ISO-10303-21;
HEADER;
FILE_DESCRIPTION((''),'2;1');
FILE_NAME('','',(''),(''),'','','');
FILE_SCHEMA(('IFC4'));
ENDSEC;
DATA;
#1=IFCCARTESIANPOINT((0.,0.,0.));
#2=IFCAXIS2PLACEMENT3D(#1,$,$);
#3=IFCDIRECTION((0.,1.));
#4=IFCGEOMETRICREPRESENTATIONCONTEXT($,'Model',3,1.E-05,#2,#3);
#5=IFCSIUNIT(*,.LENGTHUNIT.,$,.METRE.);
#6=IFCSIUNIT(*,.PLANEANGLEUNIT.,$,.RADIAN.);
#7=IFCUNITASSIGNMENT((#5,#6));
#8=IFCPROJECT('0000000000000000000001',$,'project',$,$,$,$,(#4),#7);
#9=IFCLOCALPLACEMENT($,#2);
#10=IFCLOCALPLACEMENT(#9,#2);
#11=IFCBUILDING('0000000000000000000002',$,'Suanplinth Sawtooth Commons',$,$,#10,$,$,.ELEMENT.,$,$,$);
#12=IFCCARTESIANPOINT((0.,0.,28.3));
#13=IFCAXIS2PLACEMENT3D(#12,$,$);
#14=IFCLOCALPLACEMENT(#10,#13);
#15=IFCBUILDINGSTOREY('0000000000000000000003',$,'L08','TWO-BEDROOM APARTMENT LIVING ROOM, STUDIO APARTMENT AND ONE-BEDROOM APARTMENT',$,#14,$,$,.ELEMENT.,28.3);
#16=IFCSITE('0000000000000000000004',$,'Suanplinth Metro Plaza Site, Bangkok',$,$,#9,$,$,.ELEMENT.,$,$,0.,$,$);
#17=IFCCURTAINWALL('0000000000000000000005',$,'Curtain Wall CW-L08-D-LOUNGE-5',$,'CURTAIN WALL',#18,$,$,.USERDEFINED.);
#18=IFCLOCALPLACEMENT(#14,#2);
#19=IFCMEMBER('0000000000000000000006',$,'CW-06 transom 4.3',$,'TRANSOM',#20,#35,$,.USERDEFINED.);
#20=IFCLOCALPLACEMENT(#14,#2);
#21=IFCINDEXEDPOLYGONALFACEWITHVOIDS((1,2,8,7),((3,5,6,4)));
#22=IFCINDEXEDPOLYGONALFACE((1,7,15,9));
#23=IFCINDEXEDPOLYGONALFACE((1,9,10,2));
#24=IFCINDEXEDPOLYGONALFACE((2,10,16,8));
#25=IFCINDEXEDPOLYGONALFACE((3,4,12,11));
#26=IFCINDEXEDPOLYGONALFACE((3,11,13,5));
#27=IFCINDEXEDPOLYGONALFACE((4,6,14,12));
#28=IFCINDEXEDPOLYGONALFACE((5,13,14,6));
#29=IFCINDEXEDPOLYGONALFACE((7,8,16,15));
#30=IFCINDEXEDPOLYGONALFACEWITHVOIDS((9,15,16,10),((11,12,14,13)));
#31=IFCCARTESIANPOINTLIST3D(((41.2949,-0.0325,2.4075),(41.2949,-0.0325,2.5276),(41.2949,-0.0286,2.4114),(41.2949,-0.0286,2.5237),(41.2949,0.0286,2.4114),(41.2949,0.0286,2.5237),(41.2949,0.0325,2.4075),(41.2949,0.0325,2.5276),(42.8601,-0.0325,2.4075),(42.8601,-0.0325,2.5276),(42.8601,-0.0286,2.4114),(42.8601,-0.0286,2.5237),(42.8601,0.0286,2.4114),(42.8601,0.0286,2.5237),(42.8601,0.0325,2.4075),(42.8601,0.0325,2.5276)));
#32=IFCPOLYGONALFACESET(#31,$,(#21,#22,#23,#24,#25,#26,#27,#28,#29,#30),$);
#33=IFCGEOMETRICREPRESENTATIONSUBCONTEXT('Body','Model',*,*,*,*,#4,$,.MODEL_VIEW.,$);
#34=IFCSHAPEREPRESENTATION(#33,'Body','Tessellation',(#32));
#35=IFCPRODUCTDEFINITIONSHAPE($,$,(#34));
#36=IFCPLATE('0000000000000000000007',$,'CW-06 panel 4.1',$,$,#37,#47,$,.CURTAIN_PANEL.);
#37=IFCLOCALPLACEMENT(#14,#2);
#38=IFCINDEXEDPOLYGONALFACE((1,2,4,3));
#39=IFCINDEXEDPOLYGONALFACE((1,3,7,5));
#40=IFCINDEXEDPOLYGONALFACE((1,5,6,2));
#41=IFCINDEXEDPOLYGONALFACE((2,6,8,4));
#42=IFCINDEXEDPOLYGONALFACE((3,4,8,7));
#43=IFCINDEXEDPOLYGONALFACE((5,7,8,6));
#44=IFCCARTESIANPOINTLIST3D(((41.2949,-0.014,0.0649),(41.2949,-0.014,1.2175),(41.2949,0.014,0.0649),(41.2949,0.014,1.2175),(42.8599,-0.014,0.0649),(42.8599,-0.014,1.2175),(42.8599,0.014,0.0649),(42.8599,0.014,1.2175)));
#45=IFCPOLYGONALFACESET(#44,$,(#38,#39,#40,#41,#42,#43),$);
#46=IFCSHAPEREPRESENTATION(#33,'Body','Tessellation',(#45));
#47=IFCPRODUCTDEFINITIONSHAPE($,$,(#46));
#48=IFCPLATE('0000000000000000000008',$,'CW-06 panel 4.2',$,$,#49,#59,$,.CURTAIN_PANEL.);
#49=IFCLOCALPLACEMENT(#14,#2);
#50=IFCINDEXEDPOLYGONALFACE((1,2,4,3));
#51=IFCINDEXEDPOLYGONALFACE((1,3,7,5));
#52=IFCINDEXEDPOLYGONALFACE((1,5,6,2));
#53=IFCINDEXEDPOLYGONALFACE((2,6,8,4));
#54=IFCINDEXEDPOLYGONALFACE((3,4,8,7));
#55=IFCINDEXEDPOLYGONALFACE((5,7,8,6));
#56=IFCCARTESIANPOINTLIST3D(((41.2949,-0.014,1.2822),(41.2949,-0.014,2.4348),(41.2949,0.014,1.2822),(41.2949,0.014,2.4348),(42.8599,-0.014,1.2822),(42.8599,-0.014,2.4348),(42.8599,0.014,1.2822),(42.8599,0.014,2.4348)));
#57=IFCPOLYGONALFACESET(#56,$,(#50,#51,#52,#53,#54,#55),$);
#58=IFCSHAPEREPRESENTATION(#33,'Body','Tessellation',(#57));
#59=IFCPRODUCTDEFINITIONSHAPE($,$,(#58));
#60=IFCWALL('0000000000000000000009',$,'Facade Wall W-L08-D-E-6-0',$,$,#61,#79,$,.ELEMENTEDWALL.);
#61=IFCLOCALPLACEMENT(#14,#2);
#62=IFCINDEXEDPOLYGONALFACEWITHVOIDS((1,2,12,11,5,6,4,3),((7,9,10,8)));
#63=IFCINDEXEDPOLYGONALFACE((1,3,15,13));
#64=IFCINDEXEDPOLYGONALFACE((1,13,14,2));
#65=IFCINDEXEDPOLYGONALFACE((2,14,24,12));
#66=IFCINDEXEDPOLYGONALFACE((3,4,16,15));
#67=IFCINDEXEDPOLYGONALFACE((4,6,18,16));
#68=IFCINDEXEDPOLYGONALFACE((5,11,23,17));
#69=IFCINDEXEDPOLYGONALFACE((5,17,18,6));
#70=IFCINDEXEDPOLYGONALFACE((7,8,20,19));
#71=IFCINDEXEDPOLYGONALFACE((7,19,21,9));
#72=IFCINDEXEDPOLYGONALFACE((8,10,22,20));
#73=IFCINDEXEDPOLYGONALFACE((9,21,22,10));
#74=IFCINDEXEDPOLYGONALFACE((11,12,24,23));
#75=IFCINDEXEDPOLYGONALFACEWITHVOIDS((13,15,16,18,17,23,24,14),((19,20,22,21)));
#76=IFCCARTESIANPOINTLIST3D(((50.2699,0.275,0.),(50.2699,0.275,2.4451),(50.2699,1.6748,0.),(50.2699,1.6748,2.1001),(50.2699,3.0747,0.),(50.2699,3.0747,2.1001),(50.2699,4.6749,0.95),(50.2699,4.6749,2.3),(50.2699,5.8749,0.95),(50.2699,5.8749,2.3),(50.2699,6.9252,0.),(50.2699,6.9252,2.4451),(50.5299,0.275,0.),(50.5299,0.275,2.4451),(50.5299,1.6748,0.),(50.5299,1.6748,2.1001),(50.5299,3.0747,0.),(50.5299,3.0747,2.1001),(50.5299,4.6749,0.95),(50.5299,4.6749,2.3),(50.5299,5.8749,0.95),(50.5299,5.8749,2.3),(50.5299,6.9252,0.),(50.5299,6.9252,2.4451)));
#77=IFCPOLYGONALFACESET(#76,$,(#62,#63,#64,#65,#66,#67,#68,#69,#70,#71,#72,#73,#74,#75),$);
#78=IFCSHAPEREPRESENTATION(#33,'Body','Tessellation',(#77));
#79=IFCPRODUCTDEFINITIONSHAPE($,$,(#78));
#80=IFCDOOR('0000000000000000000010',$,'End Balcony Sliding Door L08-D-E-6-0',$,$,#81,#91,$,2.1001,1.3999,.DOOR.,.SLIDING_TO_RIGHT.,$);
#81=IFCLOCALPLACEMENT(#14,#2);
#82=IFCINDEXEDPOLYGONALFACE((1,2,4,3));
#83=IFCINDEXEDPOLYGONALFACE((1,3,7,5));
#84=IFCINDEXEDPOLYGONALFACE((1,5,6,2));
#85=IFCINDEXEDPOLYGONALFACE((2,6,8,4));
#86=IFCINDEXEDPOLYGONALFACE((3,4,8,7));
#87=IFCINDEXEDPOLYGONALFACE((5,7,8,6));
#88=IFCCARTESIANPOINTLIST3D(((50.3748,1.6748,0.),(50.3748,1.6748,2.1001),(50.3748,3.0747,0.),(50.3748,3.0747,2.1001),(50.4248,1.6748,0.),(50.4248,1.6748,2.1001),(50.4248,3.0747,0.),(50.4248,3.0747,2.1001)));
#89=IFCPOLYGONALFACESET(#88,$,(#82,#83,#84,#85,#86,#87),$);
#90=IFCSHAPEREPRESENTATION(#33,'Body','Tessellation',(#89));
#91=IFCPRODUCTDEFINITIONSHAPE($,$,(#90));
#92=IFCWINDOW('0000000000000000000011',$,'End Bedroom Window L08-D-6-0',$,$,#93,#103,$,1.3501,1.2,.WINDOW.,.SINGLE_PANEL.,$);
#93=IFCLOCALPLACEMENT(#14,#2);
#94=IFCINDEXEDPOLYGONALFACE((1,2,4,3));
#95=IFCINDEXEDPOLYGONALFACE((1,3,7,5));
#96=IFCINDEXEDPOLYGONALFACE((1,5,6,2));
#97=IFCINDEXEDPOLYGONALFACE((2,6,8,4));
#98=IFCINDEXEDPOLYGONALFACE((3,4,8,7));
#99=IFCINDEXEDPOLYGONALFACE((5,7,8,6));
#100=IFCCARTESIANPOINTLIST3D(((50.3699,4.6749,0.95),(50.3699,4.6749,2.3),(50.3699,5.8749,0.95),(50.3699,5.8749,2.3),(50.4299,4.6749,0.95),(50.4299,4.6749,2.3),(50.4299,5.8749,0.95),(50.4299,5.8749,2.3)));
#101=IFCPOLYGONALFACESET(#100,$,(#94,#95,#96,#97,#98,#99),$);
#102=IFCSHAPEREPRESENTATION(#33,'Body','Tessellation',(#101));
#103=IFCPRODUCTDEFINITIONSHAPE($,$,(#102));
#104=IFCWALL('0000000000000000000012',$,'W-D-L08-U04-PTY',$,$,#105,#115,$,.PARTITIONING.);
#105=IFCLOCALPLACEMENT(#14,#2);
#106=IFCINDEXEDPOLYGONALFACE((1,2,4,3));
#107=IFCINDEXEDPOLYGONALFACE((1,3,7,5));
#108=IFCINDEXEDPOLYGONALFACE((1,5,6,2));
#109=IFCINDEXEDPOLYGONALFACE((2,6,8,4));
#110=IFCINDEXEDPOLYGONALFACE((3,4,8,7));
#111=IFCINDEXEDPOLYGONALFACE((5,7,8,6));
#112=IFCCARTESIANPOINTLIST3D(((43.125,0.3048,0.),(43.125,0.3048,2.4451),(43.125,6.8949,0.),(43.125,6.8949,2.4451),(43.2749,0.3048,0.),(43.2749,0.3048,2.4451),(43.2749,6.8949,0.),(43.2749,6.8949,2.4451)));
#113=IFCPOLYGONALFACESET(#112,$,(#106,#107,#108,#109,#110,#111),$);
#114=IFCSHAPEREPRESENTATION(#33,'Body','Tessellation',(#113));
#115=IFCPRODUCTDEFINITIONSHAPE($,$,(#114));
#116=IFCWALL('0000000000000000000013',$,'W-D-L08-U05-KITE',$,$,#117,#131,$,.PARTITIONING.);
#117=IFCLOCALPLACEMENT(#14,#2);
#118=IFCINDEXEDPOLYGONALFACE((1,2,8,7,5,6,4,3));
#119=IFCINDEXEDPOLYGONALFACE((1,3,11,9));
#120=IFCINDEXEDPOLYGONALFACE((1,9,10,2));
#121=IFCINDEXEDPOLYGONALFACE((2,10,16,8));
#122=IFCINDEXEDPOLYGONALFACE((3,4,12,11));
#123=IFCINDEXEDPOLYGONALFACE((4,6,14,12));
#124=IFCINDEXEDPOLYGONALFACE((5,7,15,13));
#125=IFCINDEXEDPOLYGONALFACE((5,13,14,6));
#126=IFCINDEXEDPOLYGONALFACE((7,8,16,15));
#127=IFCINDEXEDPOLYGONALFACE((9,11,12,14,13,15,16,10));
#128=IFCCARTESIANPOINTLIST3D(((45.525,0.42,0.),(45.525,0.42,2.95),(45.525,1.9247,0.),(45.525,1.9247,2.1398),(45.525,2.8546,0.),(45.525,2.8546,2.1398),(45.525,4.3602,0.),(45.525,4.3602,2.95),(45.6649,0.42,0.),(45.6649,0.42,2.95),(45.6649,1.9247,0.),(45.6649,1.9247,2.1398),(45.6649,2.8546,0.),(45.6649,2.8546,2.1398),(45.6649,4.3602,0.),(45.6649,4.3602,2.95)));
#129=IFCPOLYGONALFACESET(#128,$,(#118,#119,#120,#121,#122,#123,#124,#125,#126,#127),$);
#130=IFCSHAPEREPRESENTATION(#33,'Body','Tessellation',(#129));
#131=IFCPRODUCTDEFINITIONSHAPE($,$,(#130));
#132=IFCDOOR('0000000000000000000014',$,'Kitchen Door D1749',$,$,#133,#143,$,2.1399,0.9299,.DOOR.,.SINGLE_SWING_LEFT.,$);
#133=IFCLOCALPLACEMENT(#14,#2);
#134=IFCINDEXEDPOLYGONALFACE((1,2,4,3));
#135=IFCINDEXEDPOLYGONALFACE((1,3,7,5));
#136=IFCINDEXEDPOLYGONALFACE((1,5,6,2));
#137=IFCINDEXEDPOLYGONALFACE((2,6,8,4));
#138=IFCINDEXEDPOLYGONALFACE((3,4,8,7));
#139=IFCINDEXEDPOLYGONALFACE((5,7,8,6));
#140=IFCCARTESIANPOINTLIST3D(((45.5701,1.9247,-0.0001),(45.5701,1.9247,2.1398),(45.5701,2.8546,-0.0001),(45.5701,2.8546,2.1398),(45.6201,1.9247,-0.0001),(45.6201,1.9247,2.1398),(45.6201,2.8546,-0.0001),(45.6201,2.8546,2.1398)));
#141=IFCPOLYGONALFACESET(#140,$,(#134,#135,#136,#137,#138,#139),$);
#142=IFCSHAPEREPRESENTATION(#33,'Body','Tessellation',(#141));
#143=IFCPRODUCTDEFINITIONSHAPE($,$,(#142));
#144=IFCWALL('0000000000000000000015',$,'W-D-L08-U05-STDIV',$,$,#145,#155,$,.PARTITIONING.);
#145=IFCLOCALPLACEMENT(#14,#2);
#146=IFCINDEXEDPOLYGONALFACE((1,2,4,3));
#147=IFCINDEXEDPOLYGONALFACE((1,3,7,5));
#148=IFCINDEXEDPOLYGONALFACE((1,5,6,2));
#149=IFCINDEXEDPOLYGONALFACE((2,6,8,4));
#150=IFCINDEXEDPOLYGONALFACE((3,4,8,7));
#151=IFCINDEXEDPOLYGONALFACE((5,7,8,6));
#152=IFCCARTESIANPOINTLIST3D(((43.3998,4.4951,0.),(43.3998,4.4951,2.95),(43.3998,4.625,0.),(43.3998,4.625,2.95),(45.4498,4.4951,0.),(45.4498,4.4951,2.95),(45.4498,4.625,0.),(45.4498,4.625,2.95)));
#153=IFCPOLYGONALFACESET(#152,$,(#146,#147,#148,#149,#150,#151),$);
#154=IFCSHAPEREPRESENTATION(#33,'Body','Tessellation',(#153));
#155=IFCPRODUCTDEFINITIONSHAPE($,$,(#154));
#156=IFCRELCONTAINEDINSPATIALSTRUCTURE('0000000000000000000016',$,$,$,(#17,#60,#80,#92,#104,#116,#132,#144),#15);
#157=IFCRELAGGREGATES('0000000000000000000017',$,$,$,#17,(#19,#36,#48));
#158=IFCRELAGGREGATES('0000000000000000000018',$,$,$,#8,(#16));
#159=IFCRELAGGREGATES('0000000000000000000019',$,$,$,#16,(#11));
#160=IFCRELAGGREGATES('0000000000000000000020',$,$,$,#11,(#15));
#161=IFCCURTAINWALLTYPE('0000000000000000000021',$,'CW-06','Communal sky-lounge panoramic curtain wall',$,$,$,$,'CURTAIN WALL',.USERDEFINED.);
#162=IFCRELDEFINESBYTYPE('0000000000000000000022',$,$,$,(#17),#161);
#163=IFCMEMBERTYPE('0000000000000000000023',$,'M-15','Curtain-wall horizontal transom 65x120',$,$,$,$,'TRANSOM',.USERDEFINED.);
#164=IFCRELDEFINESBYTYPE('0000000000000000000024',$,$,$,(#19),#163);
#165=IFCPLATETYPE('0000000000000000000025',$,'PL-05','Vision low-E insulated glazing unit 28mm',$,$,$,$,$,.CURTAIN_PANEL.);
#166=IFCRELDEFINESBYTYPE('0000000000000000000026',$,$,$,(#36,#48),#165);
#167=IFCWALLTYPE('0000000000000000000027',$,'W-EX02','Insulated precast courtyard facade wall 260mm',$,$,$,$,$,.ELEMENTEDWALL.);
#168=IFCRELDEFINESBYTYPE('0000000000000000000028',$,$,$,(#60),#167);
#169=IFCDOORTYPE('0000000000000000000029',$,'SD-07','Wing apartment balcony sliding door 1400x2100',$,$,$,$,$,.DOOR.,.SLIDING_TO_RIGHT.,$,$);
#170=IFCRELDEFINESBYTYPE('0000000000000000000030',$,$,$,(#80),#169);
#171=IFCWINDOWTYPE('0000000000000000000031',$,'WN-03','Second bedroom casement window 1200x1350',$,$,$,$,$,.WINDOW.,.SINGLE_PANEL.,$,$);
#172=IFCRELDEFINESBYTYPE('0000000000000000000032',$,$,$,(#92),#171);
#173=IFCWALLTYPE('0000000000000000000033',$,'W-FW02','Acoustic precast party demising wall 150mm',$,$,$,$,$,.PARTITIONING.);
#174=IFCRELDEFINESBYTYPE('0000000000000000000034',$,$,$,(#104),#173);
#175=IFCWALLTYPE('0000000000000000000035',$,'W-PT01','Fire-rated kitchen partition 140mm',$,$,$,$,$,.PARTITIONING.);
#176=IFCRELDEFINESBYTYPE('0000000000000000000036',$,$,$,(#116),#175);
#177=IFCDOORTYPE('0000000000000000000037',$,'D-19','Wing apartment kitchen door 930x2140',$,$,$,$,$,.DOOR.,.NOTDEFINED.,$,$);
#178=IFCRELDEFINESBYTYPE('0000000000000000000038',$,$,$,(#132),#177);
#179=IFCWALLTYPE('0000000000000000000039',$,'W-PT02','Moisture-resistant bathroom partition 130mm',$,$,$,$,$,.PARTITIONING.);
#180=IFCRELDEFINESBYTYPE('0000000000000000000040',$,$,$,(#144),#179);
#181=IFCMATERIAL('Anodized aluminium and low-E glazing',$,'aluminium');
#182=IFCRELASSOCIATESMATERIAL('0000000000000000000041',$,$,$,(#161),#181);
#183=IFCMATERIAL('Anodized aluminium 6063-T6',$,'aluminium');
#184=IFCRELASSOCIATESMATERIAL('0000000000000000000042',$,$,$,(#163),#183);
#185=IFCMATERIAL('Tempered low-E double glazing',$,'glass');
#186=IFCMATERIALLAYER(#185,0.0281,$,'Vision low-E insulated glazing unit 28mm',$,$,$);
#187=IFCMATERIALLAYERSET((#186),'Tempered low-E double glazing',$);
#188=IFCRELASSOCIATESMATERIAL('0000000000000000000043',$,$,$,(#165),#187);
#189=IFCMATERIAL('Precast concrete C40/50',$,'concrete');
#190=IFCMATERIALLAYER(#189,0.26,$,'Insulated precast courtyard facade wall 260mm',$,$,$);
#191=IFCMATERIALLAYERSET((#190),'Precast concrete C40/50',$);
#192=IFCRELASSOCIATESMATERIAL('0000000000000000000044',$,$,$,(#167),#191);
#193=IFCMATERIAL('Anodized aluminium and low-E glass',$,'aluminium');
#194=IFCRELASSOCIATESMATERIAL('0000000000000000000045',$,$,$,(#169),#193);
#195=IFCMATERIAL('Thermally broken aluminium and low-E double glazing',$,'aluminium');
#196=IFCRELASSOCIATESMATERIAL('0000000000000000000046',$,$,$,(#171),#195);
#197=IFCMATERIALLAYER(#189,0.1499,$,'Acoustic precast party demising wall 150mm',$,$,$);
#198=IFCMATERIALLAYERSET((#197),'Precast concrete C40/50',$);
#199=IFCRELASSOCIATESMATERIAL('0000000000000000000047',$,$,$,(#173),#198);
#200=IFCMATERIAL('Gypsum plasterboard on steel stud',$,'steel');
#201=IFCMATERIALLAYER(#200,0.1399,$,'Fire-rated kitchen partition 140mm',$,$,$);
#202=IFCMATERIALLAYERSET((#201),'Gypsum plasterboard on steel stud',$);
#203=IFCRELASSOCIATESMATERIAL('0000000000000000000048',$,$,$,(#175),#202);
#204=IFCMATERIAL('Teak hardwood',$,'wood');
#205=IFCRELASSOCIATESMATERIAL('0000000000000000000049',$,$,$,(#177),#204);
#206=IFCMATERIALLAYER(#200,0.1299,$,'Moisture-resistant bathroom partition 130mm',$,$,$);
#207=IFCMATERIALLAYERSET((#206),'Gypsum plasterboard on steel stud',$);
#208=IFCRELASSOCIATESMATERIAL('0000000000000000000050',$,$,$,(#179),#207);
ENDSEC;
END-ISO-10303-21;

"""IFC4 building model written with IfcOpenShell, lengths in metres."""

from ifc_helpers import new_model, si_unit, direction, frame, frame_2d, origin, origin_2d, place, context, subcontext, project, spatial, rectangle, hollow_rectangle, extrude, material, layer, layer_set, material_profile, profile_set, type_object, element, fill, aggregate, save


model = new_model("IFC4")

# Units and contexts
model_context = context("Model", 3, precision=1e-05, world=origin(), true_north=direction((0.0, 1.0)))
body_context = subcontext(model_context, "Body", "Model", "MODEL_VIEW")
ifc_project = project(units=[si_unit("LENGTHUNIT", "METRE"), si_unit("PLANEANGLEUNIT", "RADIAN")], contexts=[model_context])

# Site, building, storey
site_placement = place(None, origin())
site = spatial("IfcSite", under=ifc_project, at=site_placement, Name="Suanplinth Metro Plaza Site, Bangkok", CompositionType="ELEMENT", RefElevation=0.0)
building_placement = place(site_placement, origin())
building = spatial("IfcBuilding", under=site, at=building_placement, Name="Suanplinth Sawtooth Commons", CompositionType="ELEMENT")
storey_placement = place(building_placement, frame((0.0, 0.0, 28.3)))
storey = spatial("IfcBuildingStorey", under=building, at=storey_placement, Name="L08", Description="TWO-BEDROOM APARTMENT LIVING ROOM, STUDIO APARTMENT AND ONE-BEDROOM APARTMENT", CompositionType="ELEMENT", Elevation=28.3)

# Shared definitions
ifc_material_1 = material(Name="Precast concrete C40/50", Category="concrete")

# Curtain wall, member, plates
ifc_material_2 = material(Name="Anodized aluminium and low-E glazing", Category="aluminium")
curtain_wall_type = type_object("IfcCurtainWallType", Name="CW-06", Description="Communal sky-lounge panoramic curtain wall", ElementType="CURTAIN WALL", PredefinedType="USERDEFINED", material=ifc_material_2)
curtain_wall_placement = place(storey_placement, origin())
curtain_wall = element("IfcCurtainWall", 1, at=curtain_wall_placement, inside=storey, type_object=curtain_wall_type, Name="Curtain Wall CW-L08-D-LOUNGE-5", ObjectType="CURTAIN WALL", PredefinedType="USERDEFINED")
ifc_material_3 = material(Name="Anodized aluminium 6063-T6", Category="aluminium")
ifc_material_profile_1 = material_profile(ifc_material_3, hollow_rectangle(XDim=0.0649, YDim=0.1201, WallThickness=0.0039, at=origin_2d()), Name="ALU-TRN 65x120")
ifc_profile_set_1 = profile_set([ifc_material_profile_1], Name="Anodized aluminium 6063-T6")
member_type_1 = type_object("IfcMemberType", Name="M-15", Description="Curtain-wall horizontal transom 65x120", ElementType="TRANSOM", PredefinedType="USERDEFINED", material=ifc_profile_set_1)
member_1_placement = place(storey_placement, frame((41.2949, 0.0, 2.4675), z_axis=(1.0, 0.0, 0.0), x_axis=(0.0, 1.0, 0.0)))
member_1 = element("IfcMember", 2, at=member_1_placement, type_object=member_type_1, Name="CW-06 transom 4.3", ObjectType="TRANSOM", PredefinedType="USERDEFINED", context=body_context, shape_type="SweptSolid", body=[
    extrude(hollow_rectangle(XDim=0.0649, YDim=0.1201, WallThickness=0.0039, at=origin_2d()), origin(), (0.0, 0.0, 1.0), 1.5652),
])
ifc_material_4 = material(Name="Tempered low-E double glazing", Category="glass")
ifc_layer_1 = layer(ifc_material_4, 0.0281, Name="Vision low-E insulated glazing unit 28mm")
ifc_layer_set_1 = layer_set([ifc_layer_1], Name="Tempered low-E double glazing")
plate_type = type_object("IfcPlateType", Name="PL-05", Description="Vision low-E insulated glazing unit 28mm", PredefinedType="CURTAIN_PANEL", material=ifc_layer_set_1)
plate_1_placement = place(storey_placement, frame((42.0774, 0.0, 0.0649), z_axis=(0.0, 0.0, 1.0), x_axis=(1.0, 0.0, 0.0)))
plate_1 = element("IfcPlate", 3, at=plate_1_placement, type_object=plate_type, Name="CW-06 panel 4.1", PredefinedType="CURTAIN_PANEL", context=body_context, shape_type="SweptSolid", body=[
    extrude(rectangle(XDim=1.5649, YDim=0.0281, at=origin_2d()), origin(), (0.0, 0.0, 1.0), 1.1526),
])
plate_2_placement = place(storey_placement, frame((42.0774, 0.0, 1.2822), z_axis=(0.0, 0.0, 1.0), x_axis=(1.0, 0.0, 0.0)))
plate_2 = element("IfcPlate", 4, at=plate_2_placement, type_object=plate_type, Name="CW-06 panel 4.2", PredefinedType="CURTAIN_PANEL", context=body_context, shape_type="SweptSolid", body=[
    extrude(rectangle(XDim=1.5649, YDim=0.0281, at=origin_2d()), origin(), (0.0, 0.0, 1.0), 1.1526),
])
aggregate(curtain_wall, [member_1, plate_1, plate_2])

# Wall, openings, door, window
ifc_layer_2 = layer(ifc_material_1, 0.26, Name="Insulated precast courtyard facade wall 260mm")
ifc_layer_set_2 = layer_set([ifc_layer_2], Name="Precast concrete C40/50")
wall_type_1 = type_object("IfcWallType", Name="W-EX02", Description="Insulated precast courtyard facade wall 260mm", PredefinedType="ELEMENTEDWALL", material=ifc_layer_set_2)
ifc_material_5 = material(Name="Anodized aluminium and low-E glass", Category="aluminium")
ifc_material_6 = material(Name="Thermally broken aluminium and low-E double glazing", Category="aluminium")
wall_1_placement = place(storey_placement, frame((50.3999, 0.2749, 0.0), z_axis=(0.0, 0.0, 1.0), x_axis=(0.0, 1.0, 0.0)))
wall_1 = element("IfcWall", 5, at=wall_1_placement, inside=storey, type_object=wall_type_1, Name="Facade Wall W-L08-D-E-6-0", PredefinedType="ELEMENTEDWALL", context=body_context, shape_type="SweptSolid", body=[
    extrude(rectangle(XDim=6.6501, YDim=0.26, at=frame_2d((3.3252, 0.0))), origin(), (0.0, 0.0, 1.0), 2.4451),
])
opening_1_placement = place(wall_1_placement, frame((1.3999, 0.0, 0.0)))
opening_1 = element("IfcOpeningElement", 6, at=opening_1_placement, cuts=wall_1, PredefinedType="OPENING", context=body_context, shape_type="SweptSolid", body=[
    extrude(rectangle(XDim=1.3999, YDim=2.1001, at=frame_2d((0.7, 1.05))), frame((0.0, 0.145, 0.0), z_axis=(0.0, -1.0, 0.0), x_axis=(1.0, 0.0, 0.0)), (0.0, 0.0, 1.0), 0.2898),
])
opening_2_placement = place(wall_1_placement, frame((4.3999, 0.0, 0.95)))
opening_2 = element("IfcOpeningElement", 7, at=opening_2_placement, cuts=wall_1, PredefinedType="OPENING", context=body_context, shape_type="SweptSolid", body=[
    extrude(rectangle(XDim=1.2, YDim=1.3501, at=frame_2d((0.6001, 0.675))), frame((0.0, 0.145, 0.0), z_axis=(0.0, -1.0, 0.0), x_axis=(1.0, 0.0, 0.0)), (0.0, 0.0, 1.0), 0.2898),
])
door_type_1 = type_object("IfcDoorType", Name="SD-07", Description="Wing apartment balcony sliding door 1400x2100", OperationType="SLIDING_TO_RIGHT", PredefinedType="DOOR", material=ifc_material_5)
door_1_placement = place(opening_1_placement, frame((1.3999, 0.0, 0.0), z_axis=(0.0, 0.0, 1.0), x_axis=(-1.0, 0.0, 0.0)))
door_1 = element("IfcDoor", 8, at=door_1_placement, inside=storey, type_object=door_type_1, Name="End Balcony Sliding Door L08-D-E-6-0", OperationType="SLIDING_TO_RIGHT", OverallHeight=2.1001, OverallWidth=1.3999, PredefinedType="DOOR", context=body_context, shape_type="SweptSolid", body=[
    extrude(rectangle(XDim=1.3999, YDim=2.1001, at=frame_2d((0.7, 1.05))), frame((0.0, 0.0249, 0.0), z_axis=(0.0, -1.0, 0.0), x_axis=(1.0, 0.0, 0.0)), (0.0, 0.0, 1.0), 0.05),
])
fill(opening_1, door_1)
window_type_1 = type_object("IfcWindowType", Name="WN-03", Description="Second bedroom casement window 1200x1350", PartitioningType="SINGLE_PANEL", PredefinedType="WINDOW", material=ifc_material_6)
window_1_placement = place(opening_2_placement, origin())
window_1 = element("IfcWindow", 9, at=window_1_placement, inside=storey, type_object=window_type_1, Name="End Bedroom Window L08-D-6-0", OverallHeight=1.3501, OverallWidth=1.2, PartitioningType="SINGLE_PANEL", PredefinedType="WINDOW", context=body_context, shape_type="SweptSolid", body=[
    extrude(rectangle(XDim=1.2, YDim=1.3501, at=frame_2d((0.6001, 0.675))), frame((0.0, 0.03, 0.0), z_axis=(0.0, -1.0, 0.0), x_axis=(1.0, 0.0, 0.0)), (0.0, 0.0, 1.0), 0.0601),
])
fill(opening_2, window_1)

# Wall
ifc_layer_3 = layer(ifc_material_1, 0.1499, Name="Acoustic precast party demising wall 150mm")
ifc_layer_set_3 = layer_set([ifc_layer_3], Name="Precast concrete C40/50")
wall_type_2 = type_object("IfcWallType", Name="W-FW02", Description="Acoustic precast party demising wall 150mm", PredefinedType="PARTITIONING", material=ifc_layer_set_3)
wall_2_placement = place(storey_placement, frame((43.2, 0.3049, 0.0), z_axis=(0.0, 0.0, 1.0), x_axis=(0.0, 1.0, 0.0)))
element("IfcWall", 10, at=wall_2_placement, inside=storey, type_object=wall_type_2, Name="W-D-L08-U04-PTY", PredefinedType="PARTITIONING", context=body_context, shape_type="SweptSolid", body=[
    extrude(rectangle(XDim=6.5901, YDim=0.1499, at=frame_2d((3.2949, 0.0))), origin(), (0.0, 0.0, 1.0), 2.4451),
])

# Wall, opening, door
ifc_material_7 = material(Name="Gypsum plasterboard on steel stud", Category="steel")
ifc_layer_4 = layer(ifc_material_7, 0.1399, Name="Fire-rated kitchen partition 140mm")
ifc_layer_set_4 = layer_set([ifc_layer_4], Name="Gypsum plasterboard on steel stud")
wall_type_3 = type_object("IfcWallType", Name="W-PT01", Description="Fire-rated kitchen partition 140mm", PredefinedType="PARTITIONING", material=ifc_layer_set_4)
wall_3_placement = place(storey_placement, frame((45.595, 0.4199, 0.0), z_axis=(0.0, 0.0, 1.0), x_axis=(0.0, 1.0, 0.0)))
wall_3 = element("IfcWall", 11, at=wall_3_placement, inside=storey, type_object=wall_type_3, Name="W-D-L08-U05-KITE", PredefinedType="PARTITIONING", context=body_context, shape_type="SweptSolid", body=[
    extrude(rectangle(XDim=3.9402, YDim=0.1399, at=frame_2d((1.9702, 0.0))), origin(), (0.0, 0.0, 1.0), 2.95),
])
opening_3_placement = place(wall_3_placement, frame((1.5049, 0.0, 0.0)))
opening_3 = element("IfcOpeningElement", 12, at=opening_3_placement, cuts=wall_3, PredefinedType="OPENING", context=body_context, shape_type="SweptSolid", body=[
    extrude(rectangle(XDim=0.9299, YDim=2.1399, at=frame_2d((0.4648, 1.0698))), frame((0.0, 0.085, 0.0), z_axis=(0.0, -1.0, 0.0), x_axis=(1.0, 0.0, 0.0)), (0.0, 0.0, 1.0), 0.1697),
])
ifc_material_8 = material(Name="Teak hardwood", Category="wood")
door_type_2 = type_object("IfcDoorType", Name="D-19", Description="Wing apartment kitchen door 930x2140", OperationType="NOTDEFINED", PredefinedType="DOOR", material=ifc_material_8)
door_2_placement = place(opening_3_placement, origin())
door_2 = element("IfcDoor", 13, at=door_2_placement, inside=storey, type_object=door_type_2, Name="Kitchen Door D1749", OperationType="SINGLE_SWING_LEFT", OverallHeight=2.1399, OverallWidth=0.9299, PredefinedType="DOOR", context=body_context, shape_type="SweptSolid", body=[
    extrude(rectangle(XDim=0.9299, YDim=2.1399, at=frame_2d((0.4648, 1.0698))), frame((0.0, 0.0249, 0.0), z_axis=(0.0, -1.0, 0.0), x_axis=(1.0, 0.0, 0.0)), (0.0, 0.0, 1.0), 0.05),
])
fill(opening_3, door_2)

# Wall
ifc_layer_5 = layer(ifc_material_7, 0.1299, Name="Moisture-resistant bathroom partition 130mm")
ifc_layer_set_5 = layer_set([ifc_layer_5], Name="Gypsum plasterboard on steel stud")
wall_type_4 = type_object("IfcWallType", Name="W-PT02", Description="Moisture-resistant bathroom partition 130mm", PredefinedType="PARTITIONING", material=ifc_layer_set_5)
wall_4_placement = place(storey_placement, frame((43.3999, 4.5601, 0.0), z_axis=(0.0, 0.0, 1.0), x_axis=(1.0, 0.0, 0.0)))
element("IfcWall", 14, at=wall_4_placement, inside=storey, type_object=wall_type_4, Name="W-D-L08-U05-STDIV", PredefinedType="PARTITIONING", context=body_context, shape_type="SweptSolid", body=[
    extrude(rectangle(XDim=2.05, YDim=0.1299, at=frame_2d((1.0249, 0.0))), origin(), (0.0, 0.0, 1.0), 2.95),
])

save(model, "model.ifc")
